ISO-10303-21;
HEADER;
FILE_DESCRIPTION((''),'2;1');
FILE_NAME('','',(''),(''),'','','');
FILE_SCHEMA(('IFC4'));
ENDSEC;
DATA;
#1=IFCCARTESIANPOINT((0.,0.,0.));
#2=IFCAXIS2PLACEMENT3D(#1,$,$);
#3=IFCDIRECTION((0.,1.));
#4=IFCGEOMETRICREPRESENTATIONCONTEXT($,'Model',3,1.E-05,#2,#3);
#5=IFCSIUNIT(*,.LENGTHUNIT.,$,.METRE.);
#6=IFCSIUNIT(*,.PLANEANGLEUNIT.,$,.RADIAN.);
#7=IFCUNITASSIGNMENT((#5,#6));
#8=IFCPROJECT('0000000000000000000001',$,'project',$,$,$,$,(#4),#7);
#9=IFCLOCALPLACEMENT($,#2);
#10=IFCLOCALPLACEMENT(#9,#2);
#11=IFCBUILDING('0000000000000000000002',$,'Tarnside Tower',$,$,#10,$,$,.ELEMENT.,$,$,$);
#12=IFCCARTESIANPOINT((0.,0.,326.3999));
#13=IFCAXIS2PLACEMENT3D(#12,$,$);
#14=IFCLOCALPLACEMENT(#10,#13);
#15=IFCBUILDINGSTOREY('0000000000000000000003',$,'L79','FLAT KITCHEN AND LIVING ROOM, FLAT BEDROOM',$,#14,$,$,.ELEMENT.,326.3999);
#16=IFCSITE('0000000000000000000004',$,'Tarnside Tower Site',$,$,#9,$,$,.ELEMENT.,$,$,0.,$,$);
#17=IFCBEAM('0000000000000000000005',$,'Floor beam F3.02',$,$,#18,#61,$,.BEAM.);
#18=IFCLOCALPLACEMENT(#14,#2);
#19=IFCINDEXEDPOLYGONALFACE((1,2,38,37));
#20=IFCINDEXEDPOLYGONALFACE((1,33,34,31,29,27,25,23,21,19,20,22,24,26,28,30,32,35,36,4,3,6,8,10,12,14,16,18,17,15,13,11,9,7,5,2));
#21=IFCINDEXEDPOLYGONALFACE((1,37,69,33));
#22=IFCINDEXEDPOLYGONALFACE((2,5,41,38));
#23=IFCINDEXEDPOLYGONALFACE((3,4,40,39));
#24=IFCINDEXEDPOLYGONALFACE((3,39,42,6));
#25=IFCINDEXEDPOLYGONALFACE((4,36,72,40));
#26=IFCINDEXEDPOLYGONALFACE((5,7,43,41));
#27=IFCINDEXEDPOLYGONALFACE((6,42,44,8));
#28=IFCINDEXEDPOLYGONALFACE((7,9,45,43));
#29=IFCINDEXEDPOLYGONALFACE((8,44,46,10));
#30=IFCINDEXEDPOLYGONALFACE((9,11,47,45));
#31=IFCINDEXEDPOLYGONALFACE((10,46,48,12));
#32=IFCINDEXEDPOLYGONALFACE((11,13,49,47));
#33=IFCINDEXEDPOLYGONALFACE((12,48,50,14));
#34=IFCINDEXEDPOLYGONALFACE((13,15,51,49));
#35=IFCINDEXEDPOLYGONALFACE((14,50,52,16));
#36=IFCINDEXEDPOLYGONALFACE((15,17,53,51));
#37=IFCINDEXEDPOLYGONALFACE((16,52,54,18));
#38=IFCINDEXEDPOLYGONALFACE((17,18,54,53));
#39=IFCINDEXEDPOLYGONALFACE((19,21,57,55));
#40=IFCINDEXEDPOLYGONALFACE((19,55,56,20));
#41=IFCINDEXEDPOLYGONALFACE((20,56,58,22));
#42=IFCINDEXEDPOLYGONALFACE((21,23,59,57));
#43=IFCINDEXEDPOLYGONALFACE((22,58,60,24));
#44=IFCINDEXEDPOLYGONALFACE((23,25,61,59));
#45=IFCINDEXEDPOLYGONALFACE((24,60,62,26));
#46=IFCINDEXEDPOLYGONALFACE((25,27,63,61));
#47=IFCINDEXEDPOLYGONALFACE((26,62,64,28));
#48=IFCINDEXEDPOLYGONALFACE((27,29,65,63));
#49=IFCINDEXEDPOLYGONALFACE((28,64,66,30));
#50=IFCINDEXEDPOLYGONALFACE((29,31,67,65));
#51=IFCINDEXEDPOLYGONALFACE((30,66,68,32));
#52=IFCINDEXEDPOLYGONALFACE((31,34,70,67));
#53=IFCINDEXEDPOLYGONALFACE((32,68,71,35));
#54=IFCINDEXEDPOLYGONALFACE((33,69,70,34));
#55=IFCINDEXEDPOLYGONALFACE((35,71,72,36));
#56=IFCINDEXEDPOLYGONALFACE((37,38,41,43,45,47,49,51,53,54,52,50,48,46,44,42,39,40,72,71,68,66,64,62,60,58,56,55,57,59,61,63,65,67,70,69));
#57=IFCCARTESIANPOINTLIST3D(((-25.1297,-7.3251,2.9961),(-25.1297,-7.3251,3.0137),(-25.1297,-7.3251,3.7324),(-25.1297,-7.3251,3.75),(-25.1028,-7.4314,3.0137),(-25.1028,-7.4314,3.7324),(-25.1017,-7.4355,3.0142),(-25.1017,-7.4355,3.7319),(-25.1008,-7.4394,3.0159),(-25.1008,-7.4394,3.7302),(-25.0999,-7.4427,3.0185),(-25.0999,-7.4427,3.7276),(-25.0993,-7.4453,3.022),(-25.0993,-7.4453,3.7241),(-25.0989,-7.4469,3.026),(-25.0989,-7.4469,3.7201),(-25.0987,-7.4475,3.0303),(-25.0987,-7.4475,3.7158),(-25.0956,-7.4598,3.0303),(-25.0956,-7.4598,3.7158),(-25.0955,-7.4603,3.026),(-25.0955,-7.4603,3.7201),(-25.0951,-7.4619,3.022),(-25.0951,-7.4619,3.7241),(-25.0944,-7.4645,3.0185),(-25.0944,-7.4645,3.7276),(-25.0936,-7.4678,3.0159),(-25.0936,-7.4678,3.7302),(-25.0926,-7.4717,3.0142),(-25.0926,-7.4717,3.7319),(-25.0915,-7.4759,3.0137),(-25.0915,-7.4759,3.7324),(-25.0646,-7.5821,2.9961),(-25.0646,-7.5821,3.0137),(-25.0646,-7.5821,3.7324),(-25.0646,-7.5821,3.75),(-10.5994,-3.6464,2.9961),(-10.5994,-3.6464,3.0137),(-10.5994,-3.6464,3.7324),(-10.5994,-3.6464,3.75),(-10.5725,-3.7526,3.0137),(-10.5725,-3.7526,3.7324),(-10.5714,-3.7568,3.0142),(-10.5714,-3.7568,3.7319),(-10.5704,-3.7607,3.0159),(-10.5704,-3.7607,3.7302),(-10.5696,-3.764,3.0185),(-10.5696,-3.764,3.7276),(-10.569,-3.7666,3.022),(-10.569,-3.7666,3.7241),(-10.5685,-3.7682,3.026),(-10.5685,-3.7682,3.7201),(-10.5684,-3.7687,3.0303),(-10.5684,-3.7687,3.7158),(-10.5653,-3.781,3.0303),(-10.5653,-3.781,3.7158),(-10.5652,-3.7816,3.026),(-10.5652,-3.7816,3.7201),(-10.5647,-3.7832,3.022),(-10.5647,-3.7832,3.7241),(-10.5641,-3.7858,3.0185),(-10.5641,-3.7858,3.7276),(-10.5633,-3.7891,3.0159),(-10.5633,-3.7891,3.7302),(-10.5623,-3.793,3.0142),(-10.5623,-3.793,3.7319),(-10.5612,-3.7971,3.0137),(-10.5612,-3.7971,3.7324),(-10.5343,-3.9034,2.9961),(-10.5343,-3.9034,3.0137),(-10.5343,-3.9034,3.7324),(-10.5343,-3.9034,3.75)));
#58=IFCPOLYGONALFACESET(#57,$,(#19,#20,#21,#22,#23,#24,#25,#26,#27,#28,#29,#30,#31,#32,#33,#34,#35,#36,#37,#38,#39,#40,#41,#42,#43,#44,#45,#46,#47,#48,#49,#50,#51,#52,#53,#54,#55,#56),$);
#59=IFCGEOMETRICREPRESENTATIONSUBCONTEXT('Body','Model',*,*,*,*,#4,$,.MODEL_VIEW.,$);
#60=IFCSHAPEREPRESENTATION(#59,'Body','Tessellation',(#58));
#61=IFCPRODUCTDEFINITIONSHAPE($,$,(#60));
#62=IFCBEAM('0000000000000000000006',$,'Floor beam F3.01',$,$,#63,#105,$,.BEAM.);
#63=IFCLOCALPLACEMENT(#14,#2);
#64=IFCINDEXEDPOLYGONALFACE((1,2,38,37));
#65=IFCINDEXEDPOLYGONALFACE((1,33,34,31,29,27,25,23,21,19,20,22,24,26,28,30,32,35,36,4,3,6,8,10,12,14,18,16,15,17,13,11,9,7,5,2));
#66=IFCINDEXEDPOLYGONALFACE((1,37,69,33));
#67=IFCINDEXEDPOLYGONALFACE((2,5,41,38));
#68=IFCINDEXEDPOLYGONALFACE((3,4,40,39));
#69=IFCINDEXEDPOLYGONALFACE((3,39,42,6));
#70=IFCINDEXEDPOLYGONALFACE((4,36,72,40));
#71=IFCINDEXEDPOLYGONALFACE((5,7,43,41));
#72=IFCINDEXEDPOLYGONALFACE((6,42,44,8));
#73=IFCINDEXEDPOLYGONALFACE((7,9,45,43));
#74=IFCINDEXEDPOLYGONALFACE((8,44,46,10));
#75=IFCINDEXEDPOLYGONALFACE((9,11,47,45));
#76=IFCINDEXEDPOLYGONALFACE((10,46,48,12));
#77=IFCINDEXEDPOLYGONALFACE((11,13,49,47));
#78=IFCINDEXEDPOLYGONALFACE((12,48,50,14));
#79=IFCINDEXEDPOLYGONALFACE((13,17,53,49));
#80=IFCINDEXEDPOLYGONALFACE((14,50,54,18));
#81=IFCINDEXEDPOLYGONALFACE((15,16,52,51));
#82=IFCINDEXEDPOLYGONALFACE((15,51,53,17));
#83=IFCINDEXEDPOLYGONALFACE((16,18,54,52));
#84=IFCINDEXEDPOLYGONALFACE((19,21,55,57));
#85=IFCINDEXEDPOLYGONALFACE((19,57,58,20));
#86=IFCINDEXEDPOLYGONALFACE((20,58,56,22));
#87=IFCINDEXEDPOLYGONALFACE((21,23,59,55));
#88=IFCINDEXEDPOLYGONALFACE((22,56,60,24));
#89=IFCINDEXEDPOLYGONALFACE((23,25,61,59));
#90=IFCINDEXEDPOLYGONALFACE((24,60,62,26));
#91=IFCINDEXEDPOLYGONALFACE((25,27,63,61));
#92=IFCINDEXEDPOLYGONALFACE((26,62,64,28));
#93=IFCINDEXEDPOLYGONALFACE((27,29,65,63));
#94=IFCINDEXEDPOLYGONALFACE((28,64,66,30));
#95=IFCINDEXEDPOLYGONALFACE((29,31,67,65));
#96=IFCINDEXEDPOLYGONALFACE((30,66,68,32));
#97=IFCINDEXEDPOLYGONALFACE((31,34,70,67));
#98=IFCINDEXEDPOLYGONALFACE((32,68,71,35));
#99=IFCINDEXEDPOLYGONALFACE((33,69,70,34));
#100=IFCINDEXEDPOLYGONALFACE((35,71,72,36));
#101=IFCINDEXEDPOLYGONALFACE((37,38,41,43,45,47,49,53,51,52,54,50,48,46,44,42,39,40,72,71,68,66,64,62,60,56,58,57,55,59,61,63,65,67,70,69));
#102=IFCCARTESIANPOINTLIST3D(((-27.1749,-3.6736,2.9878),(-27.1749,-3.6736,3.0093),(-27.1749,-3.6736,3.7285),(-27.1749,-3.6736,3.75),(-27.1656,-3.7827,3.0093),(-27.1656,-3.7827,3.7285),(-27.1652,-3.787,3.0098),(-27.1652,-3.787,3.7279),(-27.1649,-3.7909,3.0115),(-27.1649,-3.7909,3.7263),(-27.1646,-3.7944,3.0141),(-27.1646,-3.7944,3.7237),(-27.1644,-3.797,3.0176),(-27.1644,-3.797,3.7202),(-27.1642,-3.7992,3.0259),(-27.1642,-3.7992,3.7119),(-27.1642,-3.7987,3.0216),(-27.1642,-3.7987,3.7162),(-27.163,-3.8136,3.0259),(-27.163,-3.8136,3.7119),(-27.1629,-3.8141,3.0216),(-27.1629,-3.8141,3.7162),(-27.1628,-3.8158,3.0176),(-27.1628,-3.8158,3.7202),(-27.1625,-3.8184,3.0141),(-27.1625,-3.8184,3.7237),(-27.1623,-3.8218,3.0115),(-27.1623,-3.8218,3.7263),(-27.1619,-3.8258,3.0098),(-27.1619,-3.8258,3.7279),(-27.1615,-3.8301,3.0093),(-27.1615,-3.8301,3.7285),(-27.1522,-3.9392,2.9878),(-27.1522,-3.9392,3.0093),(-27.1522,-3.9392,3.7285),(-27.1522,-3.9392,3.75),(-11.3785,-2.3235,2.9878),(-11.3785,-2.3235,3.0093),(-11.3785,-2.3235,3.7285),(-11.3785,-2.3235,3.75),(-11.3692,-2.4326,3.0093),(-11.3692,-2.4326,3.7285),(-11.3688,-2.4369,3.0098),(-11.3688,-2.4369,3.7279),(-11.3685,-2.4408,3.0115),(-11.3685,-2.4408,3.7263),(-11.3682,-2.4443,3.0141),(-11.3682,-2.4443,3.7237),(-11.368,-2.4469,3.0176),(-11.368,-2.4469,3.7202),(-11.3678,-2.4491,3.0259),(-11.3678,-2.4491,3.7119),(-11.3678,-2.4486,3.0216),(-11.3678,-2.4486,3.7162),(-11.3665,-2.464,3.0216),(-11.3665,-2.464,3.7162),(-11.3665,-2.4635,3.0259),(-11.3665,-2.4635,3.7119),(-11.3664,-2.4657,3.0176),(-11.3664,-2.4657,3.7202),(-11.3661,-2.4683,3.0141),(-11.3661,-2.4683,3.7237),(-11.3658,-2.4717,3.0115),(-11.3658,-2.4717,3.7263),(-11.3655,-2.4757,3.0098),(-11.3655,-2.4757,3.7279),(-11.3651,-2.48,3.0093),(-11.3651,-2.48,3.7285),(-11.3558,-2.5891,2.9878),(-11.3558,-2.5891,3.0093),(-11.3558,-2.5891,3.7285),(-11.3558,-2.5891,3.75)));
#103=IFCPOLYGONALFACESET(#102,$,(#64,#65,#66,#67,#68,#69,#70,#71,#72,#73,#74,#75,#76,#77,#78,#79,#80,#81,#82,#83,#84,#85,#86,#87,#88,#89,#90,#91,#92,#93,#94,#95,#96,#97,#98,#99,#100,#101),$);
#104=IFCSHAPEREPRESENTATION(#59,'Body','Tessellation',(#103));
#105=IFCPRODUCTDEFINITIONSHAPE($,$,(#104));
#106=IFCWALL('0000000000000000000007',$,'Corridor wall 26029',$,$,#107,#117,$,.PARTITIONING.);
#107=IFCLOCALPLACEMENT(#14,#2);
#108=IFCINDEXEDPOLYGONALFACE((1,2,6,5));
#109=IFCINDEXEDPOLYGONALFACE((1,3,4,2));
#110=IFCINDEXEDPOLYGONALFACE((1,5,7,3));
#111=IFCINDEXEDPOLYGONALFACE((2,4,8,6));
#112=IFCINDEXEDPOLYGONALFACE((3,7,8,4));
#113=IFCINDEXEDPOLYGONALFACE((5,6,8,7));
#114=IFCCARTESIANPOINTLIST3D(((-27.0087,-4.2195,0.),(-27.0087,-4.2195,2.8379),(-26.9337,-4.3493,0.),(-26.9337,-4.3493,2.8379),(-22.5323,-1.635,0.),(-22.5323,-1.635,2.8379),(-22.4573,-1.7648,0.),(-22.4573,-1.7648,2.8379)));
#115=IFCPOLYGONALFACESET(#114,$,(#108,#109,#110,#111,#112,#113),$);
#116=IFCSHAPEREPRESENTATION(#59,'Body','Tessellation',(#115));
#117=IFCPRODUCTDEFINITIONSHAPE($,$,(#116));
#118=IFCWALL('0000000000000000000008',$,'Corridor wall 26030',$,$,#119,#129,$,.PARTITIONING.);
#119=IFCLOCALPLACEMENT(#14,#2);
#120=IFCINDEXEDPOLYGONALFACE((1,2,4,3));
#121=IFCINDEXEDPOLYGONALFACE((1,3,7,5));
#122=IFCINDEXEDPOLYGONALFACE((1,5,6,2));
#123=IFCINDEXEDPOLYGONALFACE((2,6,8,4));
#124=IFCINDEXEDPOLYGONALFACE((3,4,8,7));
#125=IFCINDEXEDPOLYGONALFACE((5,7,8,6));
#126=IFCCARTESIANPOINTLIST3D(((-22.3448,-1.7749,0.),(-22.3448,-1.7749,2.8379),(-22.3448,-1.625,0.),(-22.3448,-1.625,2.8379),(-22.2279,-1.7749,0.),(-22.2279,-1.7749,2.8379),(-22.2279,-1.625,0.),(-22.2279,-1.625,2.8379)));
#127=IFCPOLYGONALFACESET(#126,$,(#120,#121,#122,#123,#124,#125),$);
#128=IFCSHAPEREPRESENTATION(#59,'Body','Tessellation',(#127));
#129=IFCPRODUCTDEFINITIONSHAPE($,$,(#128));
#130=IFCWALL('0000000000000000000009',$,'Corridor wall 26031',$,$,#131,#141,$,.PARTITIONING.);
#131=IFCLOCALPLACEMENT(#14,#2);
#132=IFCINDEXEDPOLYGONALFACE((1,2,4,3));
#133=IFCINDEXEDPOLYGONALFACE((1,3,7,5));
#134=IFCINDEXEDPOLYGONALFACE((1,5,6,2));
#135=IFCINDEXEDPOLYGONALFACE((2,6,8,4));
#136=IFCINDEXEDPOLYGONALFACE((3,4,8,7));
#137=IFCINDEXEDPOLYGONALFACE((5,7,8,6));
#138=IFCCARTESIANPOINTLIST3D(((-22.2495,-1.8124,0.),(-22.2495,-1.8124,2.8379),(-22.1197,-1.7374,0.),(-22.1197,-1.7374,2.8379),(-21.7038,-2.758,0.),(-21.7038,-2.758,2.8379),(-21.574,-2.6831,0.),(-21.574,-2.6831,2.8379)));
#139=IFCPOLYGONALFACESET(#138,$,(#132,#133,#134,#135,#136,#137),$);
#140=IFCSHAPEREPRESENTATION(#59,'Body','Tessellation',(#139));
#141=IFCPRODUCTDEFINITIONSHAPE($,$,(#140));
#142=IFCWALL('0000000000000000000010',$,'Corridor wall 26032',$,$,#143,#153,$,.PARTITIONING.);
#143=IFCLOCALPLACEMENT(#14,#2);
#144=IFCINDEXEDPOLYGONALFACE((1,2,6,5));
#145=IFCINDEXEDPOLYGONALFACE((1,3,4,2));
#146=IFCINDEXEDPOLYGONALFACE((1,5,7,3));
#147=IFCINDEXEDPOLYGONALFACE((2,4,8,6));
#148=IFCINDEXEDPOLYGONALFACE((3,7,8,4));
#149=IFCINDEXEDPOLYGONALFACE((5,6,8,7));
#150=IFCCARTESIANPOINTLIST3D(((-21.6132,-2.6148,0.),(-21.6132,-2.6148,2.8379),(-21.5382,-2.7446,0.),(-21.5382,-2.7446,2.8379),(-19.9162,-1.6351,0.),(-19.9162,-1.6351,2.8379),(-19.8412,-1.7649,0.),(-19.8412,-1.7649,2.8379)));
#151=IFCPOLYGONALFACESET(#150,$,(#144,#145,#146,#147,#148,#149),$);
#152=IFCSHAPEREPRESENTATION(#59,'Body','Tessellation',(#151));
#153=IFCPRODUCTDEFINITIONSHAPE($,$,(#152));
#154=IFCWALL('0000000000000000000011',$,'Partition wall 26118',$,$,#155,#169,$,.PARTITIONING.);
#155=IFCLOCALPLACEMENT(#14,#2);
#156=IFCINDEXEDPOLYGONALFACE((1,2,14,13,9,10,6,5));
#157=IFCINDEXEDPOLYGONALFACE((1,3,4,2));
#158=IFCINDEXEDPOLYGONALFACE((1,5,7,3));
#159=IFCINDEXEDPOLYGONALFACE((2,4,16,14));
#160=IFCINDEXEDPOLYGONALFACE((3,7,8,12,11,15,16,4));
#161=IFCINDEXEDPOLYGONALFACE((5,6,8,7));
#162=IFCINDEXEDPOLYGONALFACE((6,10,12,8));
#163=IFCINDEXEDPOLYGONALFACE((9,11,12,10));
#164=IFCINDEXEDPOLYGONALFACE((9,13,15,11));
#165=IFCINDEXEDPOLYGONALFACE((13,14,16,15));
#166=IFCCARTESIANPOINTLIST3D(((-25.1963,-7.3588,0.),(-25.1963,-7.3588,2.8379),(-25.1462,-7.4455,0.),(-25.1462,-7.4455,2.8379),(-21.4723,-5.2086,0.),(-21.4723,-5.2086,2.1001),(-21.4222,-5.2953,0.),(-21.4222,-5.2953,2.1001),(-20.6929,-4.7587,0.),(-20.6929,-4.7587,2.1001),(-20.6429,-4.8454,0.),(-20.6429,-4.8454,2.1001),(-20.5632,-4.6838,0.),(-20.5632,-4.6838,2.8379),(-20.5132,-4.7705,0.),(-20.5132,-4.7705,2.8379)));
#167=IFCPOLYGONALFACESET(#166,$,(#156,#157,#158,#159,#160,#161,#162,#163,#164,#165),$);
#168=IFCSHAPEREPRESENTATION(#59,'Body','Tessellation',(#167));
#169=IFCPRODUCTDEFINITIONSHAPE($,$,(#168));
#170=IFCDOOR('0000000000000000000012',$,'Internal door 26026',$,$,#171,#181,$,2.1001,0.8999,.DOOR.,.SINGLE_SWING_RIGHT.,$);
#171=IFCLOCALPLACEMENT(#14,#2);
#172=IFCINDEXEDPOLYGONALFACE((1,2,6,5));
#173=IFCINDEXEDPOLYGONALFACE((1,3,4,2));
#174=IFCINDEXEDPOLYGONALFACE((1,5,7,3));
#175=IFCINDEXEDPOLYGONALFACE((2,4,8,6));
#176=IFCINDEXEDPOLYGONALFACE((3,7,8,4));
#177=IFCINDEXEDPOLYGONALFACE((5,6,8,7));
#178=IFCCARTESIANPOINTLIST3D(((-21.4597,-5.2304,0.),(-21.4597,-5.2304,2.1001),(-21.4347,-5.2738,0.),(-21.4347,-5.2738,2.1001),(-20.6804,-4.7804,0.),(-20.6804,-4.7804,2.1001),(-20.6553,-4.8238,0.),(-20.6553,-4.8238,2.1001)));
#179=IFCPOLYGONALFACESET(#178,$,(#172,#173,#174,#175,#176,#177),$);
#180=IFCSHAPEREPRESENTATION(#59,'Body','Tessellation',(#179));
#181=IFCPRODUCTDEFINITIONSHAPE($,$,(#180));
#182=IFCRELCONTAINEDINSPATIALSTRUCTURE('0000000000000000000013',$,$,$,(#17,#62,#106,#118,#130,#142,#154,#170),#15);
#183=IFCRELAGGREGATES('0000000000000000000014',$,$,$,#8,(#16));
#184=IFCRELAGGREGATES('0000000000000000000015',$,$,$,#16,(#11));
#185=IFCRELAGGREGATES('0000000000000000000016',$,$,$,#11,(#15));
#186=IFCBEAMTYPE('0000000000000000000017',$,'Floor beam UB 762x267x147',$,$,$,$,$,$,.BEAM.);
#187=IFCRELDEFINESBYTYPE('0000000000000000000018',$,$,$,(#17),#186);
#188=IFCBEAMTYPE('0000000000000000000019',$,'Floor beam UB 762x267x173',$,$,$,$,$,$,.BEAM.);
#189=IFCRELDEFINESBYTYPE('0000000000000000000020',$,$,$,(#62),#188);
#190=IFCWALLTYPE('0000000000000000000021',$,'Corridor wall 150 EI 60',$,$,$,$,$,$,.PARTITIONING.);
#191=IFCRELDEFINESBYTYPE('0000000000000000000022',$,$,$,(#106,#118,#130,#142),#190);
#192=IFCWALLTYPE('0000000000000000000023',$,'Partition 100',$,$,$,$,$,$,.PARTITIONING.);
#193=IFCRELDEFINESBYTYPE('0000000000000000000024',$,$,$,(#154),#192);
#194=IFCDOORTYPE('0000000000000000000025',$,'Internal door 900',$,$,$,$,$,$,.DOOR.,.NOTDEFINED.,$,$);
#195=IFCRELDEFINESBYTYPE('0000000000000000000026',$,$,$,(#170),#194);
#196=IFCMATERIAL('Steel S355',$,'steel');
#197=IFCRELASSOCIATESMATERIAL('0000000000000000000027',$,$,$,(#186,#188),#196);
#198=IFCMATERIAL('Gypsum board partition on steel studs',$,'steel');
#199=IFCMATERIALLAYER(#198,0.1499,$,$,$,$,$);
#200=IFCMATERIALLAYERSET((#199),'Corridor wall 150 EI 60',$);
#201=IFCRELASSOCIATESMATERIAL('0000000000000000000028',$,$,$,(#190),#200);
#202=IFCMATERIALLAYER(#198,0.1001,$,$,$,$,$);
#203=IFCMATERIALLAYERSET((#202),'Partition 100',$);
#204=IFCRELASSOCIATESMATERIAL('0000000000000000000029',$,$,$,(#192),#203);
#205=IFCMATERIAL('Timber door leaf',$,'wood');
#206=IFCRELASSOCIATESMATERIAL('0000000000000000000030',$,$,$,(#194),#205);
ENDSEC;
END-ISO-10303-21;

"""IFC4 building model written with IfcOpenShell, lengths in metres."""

from ifc_helpers import new_model, si_unit, direction, frame, frame_2d, origin, origin_2d, place, context, subcontext, project, spatial, rectangle, i_section, extrude, material, layer, layer_set, material_profile, profile_set, type_object, element, fill, save


model = new_model("IFC4")

# Units and contexts
model_context = context("Model", 3, precision=1e-05, world=origin(), true_north=direction((0.0, 1.0)))
body_context = subcontext(model_context, "Body", "Model", "MODEL_VIEW")
ifc_project = project(units=[si_unit("LENGTHUNIT", "METRE"), si_unit("PLANEANGLEUNIT", "RADIAN")], contexts=[model_context])

# Site, building, storey
site_placement = place(None, origin())
site = spatial("IfcSite", under=ifc_project, at=site_placement, Name="Tarnside Tower Site", CompositionType="ELEMENT", RefElevation=0.0)
building_placement = place(site_placement, origin())
building = spatial("IfcBuilding", under=site, at=building_placement, Name="Tarnside Tower", CompositionType="ELEMENT")
storey_placement = place(building_placement, frame((0.0, 0.0, 326.3999)))
storey = spatial("IfcBuildingStorey", under=building, at=storey_placement, Name="L79", Description="FLAT KITCHEN AND LIVING ROOM, FLAT BEDROOM", CompositionType="ELEMENT", Elevation=326.3999)

# Beams
ifc_material_1 = material(Name="Steel S355", Category="steel")
ifc_material_profile_1 = material_profile(ifc_material_1, i_section(OverallWidth=0.2651, OverallDepth=0.7539, WebThickness=0.0127, FlangeThickness=0.0176, FilletRadius=0.0166, at=origin_2d()), Name="UB 762x267x147")
ifc_profile_set_1 = profile_set([ifc_material_profile_1], Name="Steel S355")
beam_type_1 = type_object("IfcBeamType", Name="Floor beam UB 762x267x147", PredefinedType="BEAM", material=ifc_profile_set_1)
beam_1_placement = place(storey_placement, frame((-25.0972, -7.4536, 3.373), z_axis=(0.969414, 0.245432, 0.0), x_axis=(-0.245432, 0.969414, 0.0)))
element("IfcBeam", 1, at=beam_1_placement, inside=storey, type_object=beam_type_1, Name="Floor beam F3.02", PredefinedType="BEAM", context=body_context, shape_type="SweptSolid", body=[
    extrude(i_section(OverallWidth=0.2651, OverallDepth=0.7539, WebThickness=0.0127, FlangeThickness=0.0176, FilletRadius=0.0166, at=origin_2d()), origin(), (0.0, 0.0, 1.0), 14.9888),
])
ifc_material_profile_2 = material_profile(ifc_material_1, i_section(OverallWidth=0.2666, OverallDepth=0.7622, WebThickness=0.0144, FlangeThickness=0.0215, FilletRadius=0.0166, at=origin_2d()), Name="UB 762x267x173")
ifc_profile_set_2 = profile_set([ifc_material_profile_2], Name="Steel S355")
beam_type_2 = type_object("IfcBeamType", Name="Floor beam UB 762x267x173", PredefinedType="BEAM", material=ifc_profile_set_2)
beam_2_placement = place(storey_placement, frame((-27.1636, -3.8064, 3.3689), z_axis=(0.996367, 0.085158, 0.0), x_axis=(-0.085158, 0.996367, 0.0)))
element("IfcBeam", 2, at=beam_2_placement, inside=storey, type_object=beam_type_2, Name="Floor beam F3.01", PredefinedType="BEAM", context=body_context, shape_type="SweptSolid", body=[
    extrude(i_section(OverallWidth=0.2666, OverallDepth=0.7622, WebThickness=0.0144, FlangeThickness=0.0215, FilletRadius=0.0166, at=origin_2d()), origin(), (0.0, 0.0, 1.0), 15.854),
])

# Walls
ifc_material_2 = material(Name="Gypsum board partition on steel studs", Category="steel")
ifc_layer_1 = layer(ifc_material_2, 0.1499)
ifc_layer_set_1 = layer_set([ifc_layer_1], Name="Corridor wall 150 EI 60")
wall_type_1 = type_object("IfcWallType", Name="Corridor wall 150 EI 60", PredefinedType="PARTITIONING", material=ifc_layer_set_1)
wall_1_placement = place(storey_placement, frame((-26.9712, -4.2844, 0.0), z_axis=(0.0, 0.0, 1.0), x_axis=(0.86602, 0.50001, 0.0)))
element("IfcWall", 3, at=wall_1_placement, inside=storey, type_object=wall_type_1, Name="Corridor wall 26029", PredefinedType="PARTITIONING", context=body_context, shape_type="SweptSolid", body=[
    extrude(rectangle(XDim=5.1689, YDim=0.1499, at=frame_2d((2.5845, 0.0))), origin(), (0.0, 0.0, 1.0), 2.8379),
])
wall_2_placement = place(storey_placement, frame((-22.345, -1.7, 0.0), z_axis=(0.0, 0.0, 1.0), x_axis=(1.0, 0.0, 0.0)))
element("IfcWall", 4, at=wall_2_placement, inside=storey, type_object=wall_type_1, Name="Corridor wall 26030", PredefinedType="PARTITIONING", context=body_context, shape_type="SweptSolid", body=[
    extrude(rectangle(XDim=0.1169, YDim=0.1499, at=frame_2d((0.0586, 0.0))), origin(), (0.0, 0.0, 1.0), 2.8379),
])
wall_3_placement = place(storey_placement, frame((-22.1846, -1.7749, 0.0), z_axis=(0.0, 0.0, 1.0), x_axis=(0.499819, -0.86613, 0.0)))
element("IfcWall", 5, at=wall_3_placement, inside=storey, type_object=wall_type_1, Name="Corridor wall 26031", PredefinedType="PARTITIONING", context=body_context, shape_type="SweptSolid", body=[
    extrude(rectangle(XDim=1.0918, YDim=0.1499, at=frame_2d((0.5459, 0.0))), origin(), (0.0, 0.0, 1.0), 2.8379),
])
wall_4_placement = place(storey_placement, frame((-21.5757, -2.6797, 0.0), z_axis=(0.0, 0.0, 1.0), x_axis=(0.866034, 0.499985, 0.0)))
element("IfcWall", 6, at=wall_4_placement, inside=storey, type_object=wall_type_1, Name="Corridor wall 26032", PredefinedType="PARTITIONING", context=body_context, shape_type="SweptSolid", body=[
    extrude(rectangle(XDim=1.9595, YDim=0.1499, at=frame_2d((0.9797, 0.0))), origin(), (0.0, 0.0, 1.0), 2.8379),
])

# Wall, opening, door
ifc_layer_2 = layer(ifc_material_2, 0.1001)
ifc_layer_set_2 = layer_set([ifc_layer_2], Name="Partition 100")
wall_type_2 = type_object("IfcWallType", Name="Partition 100", PredefinedType="PARTITIONING", material=ifc_layer_set_2)
wall_5_placement = place(storey_placement, frame((-25.1711, -7.4021, 0.0), z_axis=(0.0, 0.0, 1.0), x_axis=(0.866013, 0.500021, 0.0)))
wall_5 = element("IfcWall", 7, at=wall_5_placement, inside=storey, type_object=wall_type_2, Name="Partition wall 26118", PredefinedType="PARTITIONING", context=body_context, shape_type="SweptSolid", body=[
    extrude(rectangle(XDim=5.3499, YDim=0.1001, at=frame_2d((2.6748, 0.0))), origin(), (0.0, 0.0, 1.0), 2.8379),
])
opening_1_placement = place(wall_5_placement, frame((4.3, 0.0, 0.0)))
opening_1 = element("IfcOpeningElement", 8, at=opening_1_placement, cuts=wall_5, PredefinedType="OPENING", context=body_context, shape_type="SweptSolid", body=[
    extrude(rectangle(XDim=0.8999, YDim=2.1001, at=frame_2d((0.45, 1.05))), frame((0.0, 0.0601, 0.0), z_axis=(0.0, -1.0, 0.0), x_axis=(1.0, 0.0, 0.0)), (0.0, 0.0, 1.0), 0.1201),
])
ifc_material_3 = material(Name="Timber door leaf", Category="wood")
door_type = type_object("IfcDoorType", Name="Internal door 900", OperationType="NOTDEFINED", PredefinedType="DOOR", material=ifc_material_3)
door_placement = place(opening_1_placement, origin())
door = element("IfcDoor", 9, at=door_placement, inside=storey, type_object=door_type, Name="Internal door 26026", OperationType="SINGLE_SWING_RIGHT", OverallHeight=2.1001, OverallWidth=0.8999, PredefinedType="DOOR", context=body_context, shape_type="SweptSolid", body=[
    extrude(rectangle(XDim=0.8999, YDim=2.1001, at=frame_2d((0.45, 1.05))), frame((0.0, 0.0249, 0.0), z_axis=(0.0, -1.0, 0.0), x_axis=(1.0, 0.0, 0.0)), (0.0, 0.0, 1.0), 0.05),
])
fill(opening_1, door)

save(model, "model.ifc")
